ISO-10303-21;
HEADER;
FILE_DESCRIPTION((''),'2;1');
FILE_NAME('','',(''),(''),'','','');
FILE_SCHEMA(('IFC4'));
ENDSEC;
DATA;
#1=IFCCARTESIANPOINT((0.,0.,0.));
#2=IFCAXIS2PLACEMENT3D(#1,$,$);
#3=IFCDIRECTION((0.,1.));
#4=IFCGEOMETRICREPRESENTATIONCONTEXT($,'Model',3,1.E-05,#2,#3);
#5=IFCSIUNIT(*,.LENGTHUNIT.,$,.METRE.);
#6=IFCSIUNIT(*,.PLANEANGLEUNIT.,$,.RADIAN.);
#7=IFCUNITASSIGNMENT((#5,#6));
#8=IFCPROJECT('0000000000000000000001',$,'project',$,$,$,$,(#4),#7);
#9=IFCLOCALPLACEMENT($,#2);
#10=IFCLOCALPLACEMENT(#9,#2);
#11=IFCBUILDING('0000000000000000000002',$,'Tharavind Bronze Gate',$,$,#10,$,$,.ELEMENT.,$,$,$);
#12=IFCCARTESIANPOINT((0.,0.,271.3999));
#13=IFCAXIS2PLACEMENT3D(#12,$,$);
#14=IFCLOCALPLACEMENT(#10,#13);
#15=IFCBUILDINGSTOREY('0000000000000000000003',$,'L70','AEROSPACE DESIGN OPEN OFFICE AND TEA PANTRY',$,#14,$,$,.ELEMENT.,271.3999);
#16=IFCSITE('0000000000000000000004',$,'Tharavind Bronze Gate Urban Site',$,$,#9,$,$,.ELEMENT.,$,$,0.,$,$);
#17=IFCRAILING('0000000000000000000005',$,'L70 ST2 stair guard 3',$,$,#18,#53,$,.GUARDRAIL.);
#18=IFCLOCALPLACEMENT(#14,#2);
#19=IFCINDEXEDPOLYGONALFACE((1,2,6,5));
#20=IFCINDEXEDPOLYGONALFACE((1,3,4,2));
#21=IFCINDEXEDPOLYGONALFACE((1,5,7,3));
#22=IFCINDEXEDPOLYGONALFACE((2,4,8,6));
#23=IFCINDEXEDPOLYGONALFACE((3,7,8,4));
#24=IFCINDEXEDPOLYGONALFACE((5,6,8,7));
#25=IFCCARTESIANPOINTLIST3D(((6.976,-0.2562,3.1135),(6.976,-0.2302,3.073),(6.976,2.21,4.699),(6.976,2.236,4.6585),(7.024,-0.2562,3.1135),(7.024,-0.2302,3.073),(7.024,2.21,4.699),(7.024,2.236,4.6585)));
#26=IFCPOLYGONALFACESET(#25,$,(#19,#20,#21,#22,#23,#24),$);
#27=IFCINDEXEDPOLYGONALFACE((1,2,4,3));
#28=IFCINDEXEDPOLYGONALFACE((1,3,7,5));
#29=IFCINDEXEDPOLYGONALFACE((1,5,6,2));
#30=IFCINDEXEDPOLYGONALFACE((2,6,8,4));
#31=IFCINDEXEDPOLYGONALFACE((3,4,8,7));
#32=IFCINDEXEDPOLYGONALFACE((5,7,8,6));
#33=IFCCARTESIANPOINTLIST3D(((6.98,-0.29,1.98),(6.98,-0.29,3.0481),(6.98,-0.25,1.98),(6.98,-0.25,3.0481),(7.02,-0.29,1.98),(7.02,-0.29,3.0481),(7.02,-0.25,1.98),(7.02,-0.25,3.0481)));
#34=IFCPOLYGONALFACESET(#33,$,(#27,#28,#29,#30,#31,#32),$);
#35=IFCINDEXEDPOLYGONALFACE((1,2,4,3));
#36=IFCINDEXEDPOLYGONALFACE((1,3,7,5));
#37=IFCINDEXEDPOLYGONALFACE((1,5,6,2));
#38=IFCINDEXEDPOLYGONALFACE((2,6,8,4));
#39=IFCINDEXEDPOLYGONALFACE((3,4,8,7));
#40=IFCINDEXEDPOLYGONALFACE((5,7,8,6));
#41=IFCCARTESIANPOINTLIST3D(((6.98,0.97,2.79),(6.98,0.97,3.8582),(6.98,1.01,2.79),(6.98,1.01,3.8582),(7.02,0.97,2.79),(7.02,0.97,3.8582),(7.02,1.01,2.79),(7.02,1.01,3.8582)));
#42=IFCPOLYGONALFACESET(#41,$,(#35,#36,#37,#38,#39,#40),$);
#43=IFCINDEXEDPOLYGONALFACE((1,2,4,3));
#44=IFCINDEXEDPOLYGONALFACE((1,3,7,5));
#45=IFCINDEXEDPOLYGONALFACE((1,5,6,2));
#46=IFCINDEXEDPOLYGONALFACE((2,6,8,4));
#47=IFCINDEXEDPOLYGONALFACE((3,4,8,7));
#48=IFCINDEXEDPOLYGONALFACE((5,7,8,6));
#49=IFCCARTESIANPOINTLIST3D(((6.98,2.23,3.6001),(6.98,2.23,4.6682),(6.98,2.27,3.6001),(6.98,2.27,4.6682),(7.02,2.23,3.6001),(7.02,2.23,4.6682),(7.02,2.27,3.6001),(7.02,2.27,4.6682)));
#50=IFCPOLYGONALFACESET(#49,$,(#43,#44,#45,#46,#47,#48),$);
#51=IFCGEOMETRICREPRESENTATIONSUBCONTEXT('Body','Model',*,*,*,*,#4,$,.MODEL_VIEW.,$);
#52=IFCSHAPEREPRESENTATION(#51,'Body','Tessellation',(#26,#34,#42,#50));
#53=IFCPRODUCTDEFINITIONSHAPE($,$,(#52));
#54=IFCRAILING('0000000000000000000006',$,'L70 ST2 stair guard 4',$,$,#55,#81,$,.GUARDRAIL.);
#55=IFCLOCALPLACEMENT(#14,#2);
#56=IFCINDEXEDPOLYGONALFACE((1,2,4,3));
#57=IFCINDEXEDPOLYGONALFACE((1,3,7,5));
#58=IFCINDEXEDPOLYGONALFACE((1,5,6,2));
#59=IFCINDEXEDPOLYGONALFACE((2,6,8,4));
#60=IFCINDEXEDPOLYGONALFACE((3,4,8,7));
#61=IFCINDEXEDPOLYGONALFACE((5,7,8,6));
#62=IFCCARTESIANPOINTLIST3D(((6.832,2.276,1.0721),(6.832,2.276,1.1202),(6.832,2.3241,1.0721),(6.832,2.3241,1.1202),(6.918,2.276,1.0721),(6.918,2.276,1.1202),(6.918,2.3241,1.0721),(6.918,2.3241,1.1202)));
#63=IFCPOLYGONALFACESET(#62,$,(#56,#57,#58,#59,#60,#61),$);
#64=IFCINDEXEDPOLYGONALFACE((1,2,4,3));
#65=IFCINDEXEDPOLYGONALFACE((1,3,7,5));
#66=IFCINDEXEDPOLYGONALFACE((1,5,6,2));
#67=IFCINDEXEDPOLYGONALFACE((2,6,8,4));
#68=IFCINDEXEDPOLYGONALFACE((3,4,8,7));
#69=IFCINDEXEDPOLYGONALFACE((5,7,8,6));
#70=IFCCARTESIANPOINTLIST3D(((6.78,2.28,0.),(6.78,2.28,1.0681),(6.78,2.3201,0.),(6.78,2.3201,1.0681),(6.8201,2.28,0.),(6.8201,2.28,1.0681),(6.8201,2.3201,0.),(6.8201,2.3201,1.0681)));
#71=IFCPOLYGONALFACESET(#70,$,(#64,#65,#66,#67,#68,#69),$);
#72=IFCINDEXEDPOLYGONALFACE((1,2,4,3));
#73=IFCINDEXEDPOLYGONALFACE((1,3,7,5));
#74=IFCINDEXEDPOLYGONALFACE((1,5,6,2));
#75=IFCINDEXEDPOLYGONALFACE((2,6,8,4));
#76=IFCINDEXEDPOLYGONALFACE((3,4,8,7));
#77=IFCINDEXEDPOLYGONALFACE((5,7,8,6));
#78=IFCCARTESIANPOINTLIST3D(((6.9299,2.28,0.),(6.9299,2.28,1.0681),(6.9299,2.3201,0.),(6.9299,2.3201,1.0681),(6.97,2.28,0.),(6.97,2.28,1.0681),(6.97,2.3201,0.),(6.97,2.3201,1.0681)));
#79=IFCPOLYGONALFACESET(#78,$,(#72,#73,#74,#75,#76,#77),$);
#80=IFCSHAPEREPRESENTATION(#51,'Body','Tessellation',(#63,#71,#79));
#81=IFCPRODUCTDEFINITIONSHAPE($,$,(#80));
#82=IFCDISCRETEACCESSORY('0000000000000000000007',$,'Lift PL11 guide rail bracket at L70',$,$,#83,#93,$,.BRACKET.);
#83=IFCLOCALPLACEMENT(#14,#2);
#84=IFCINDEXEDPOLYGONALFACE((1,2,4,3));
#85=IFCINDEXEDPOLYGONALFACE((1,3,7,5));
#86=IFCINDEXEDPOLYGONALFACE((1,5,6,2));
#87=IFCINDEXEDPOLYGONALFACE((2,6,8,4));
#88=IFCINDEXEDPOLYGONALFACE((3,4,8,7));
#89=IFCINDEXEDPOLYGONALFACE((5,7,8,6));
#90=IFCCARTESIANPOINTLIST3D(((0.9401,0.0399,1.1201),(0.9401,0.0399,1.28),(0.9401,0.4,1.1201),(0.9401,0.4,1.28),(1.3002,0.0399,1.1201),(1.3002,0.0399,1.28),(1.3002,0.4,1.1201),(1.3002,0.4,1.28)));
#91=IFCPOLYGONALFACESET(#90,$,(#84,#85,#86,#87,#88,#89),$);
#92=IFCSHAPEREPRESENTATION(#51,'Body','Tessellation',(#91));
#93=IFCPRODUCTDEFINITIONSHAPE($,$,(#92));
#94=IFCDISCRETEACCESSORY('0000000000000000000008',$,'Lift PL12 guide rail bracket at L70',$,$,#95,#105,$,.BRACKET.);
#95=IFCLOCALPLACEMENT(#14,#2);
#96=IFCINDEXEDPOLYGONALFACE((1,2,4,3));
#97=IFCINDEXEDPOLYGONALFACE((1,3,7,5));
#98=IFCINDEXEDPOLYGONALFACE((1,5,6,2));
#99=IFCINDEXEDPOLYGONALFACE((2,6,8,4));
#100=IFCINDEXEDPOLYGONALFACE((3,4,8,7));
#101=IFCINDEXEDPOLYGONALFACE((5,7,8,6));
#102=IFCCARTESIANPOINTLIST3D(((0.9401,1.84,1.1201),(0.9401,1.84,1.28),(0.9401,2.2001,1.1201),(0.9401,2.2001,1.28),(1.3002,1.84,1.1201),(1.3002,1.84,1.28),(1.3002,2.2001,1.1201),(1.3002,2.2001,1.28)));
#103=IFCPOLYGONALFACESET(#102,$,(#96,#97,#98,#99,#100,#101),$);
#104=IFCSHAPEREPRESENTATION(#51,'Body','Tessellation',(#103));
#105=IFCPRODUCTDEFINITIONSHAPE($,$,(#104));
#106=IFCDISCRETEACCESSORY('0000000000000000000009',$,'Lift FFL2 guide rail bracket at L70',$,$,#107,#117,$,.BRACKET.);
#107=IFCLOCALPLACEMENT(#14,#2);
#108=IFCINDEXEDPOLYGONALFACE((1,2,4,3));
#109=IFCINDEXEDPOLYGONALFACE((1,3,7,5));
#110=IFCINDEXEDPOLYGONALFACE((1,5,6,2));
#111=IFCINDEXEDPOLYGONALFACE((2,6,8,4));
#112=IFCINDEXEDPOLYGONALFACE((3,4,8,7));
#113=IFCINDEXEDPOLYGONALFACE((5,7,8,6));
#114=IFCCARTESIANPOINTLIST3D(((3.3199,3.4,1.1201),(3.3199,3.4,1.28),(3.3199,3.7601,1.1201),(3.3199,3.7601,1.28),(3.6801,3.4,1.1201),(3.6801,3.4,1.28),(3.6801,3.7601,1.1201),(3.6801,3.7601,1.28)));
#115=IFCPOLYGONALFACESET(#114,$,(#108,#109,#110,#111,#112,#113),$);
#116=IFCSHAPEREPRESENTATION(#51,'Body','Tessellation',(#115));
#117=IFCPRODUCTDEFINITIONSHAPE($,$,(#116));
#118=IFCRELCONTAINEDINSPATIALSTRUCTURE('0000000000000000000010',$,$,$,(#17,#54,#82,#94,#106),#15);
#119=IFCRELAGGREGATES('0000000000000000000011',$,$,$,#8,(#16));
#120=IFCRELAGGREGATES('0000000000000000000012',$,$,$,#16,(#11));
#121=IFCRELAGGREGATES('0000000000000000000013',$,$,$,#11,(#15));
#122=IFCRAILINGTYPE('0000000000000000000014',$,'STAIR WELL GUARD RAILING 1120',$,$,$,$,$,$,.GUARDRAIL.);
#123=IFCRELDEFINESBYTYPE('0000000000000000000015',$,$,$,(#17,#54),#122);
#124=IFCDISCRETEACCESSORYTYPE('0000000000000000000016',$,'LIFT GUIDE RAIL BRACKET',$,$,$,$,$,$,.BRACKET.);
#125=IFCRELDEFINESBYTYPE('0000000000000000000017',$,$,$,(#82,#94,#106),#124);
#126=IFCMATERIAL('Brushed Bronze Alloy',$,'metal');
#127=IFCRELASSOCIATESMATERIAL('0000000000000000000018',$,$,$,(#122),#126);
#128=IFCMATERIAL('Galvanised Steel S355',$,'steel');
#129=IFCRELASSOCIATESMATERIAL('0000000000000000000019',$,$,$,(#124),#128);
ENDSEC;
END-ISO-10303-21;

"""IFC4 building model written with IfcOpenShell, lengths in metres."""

from ifc_helpers import new_model, si_unit, direction, frame, origin, origin_2d, place, context, subcontext, project, spatial, rectangle, extrude, material, type_object, element, save


model = new_model("IFC4")

# Units and contexts
model_context = context("Model", 3, precision=1e-05, world=origin(), true_north=direction((0.0, 1.0)))
body_context = subcontext(model_context, "Body", "Model", "MODEL_VIEW")
ifc_project = project(units=[si_unit("LENGTHUNIT", "METRE"), si_unit("PLANEANGLEUNIT", "RADIAN")], contexts=[model_context])

# Site, building, storey
site_placement = place(None, origin())
site = spatial("IfcSite", under=ifc_project, at=site_placement, Name="Tharavind Bronze Gate Urban Site", CompositionType="ELEMENT", RefElevation=0.0)
building_placement = place(site_placement, origin())
building = spatial("IfcBuilding", under=site, at=building_placement, Name="Tharavind Bronze Gate", CompositionType="ELEMENT")
storey_placement = place(building_placement, frame((0.0, 0.0, 271.3999)))
storey = spatial("IfcBuildingStorey", under=building, at=storey_placement, Name="L70", Description="AEROSPACE DESIGN OPEN OFFICE AND TEA PANTRY", CompositionType="ELEMENT", Elevation=271.3999)

# Railings
ifc_material_1 = material(Name="Brushed Bronze Alloy", Category="metal")
railing_type_1 = type_object("IfcRailingType", Name="STAIR WELL GUARD RAILING 1120", PredefinedType="GUARDRAIL", material=ifc_material_1)
railing_1_placement = place(storey_placement, frame((7.0, -0.27, 1.98)))
element("IfcRailing", 1, at=railing_1_placement, inside=storey, type_object=railing_type_1, Name="L70 ST2 stair guard 3", PredefinedType="GUARDRAIL", context=body_context, shape_type="SweptSolid", body=[
    extrude(rectangle(XDim=0.0481, YDim=0.0481, at=origin_2d()), frame((0.0, 0.0269, 1.1133), z_axis=(0.0, 0.841163, 0.540782), x_axis=(-1.0, 0.0, 0.0)), (0.0, 0.0, 1.0), 2.9319),
    extrude(rectangle(XDim=0.04, YDim=0.04, at=origin_2d()), origin(), (0.0, 0.0, 1.0), 1.0681),
    extrude(rectangle(XDim=0.04, YDim=0.04, at=origin_2d()), frame((0.0, 1.26, 0.8101)), (0.0, 0.0, 1.0), 1.0681),
    extrude(rectangle(XDim=0.04, YDim=0.04, at=origin_2d()), frame((0.0, 2.52, 1.6201)), (0.0, 0.0, 1.0), 1.0681),
])
railing_2_placement = place(storey_placement, frame((6.8, 2.3, 0.0)))
element("IfcRailing", 2, at=railing_2_placement, inside=storey, type_object=railing_type_1, Name="L70 ST2 stair guard 4", PredefinedType="GUARDRAIL", context=body_context, shape_type="SweptSolid", body=[
    extrude(rectangle(XDim=0.0481, YDim=0.0481, at=origin_2d()), frame((0.032, 0.0, 1.0962), z_axis=(1.0, 0.0, 0.0), x_axis=(0.0, 1.0, 0.0)), (0.0, 0.0, 1.0), 0.0859),
    extrude(rectangle(XDim=0.04, YDim=0.04, at=origin_2d()), origin(), (0.0, 0.0, 1.0), 1.0681),
    extrude(rectangle(XDim=0.04, YDim=0.04, at=origin_2d()), frame((0.1499, 0.0, 0.0)), (0.0, 0.0, 1.0), 1.0681),
])

# Discrete accessories
ifc_material_2 = material(Name="Galvanised Steel S355", Category="steel")
discrete_accessory_type = type_object("IfcDiscreteAccessoryType", Name="LIFT GUIDE RAIL BRACKET", PredefinedType="BRACKET", material=ifc_material_2)
for number, where, z_axis, x_axis, name in (
    (3, (1.1201, 0.22, 1.1201), (0.0, 0.0, 1.0), (1.0, 0.0, 0.0), "Lift PL11 guide rail bracket at L70"),
    (4, (1.1201, 2.02, 1.1201), (0.0, 0.0, 1.0), (1.0, 0.0, 0.0), "Lift PL12 guide rail bracket at L70"),
    (5, (3.5, 3.5801, 1.1201), (0.0, 0.0, 1.0), (1.0, 0.0, 0.0), "Lift FFL2 guide rail bracket at L70"),
):
    element("IfcDiscreteAccessory", number, at=place(storey_placement, frame(where, z_axis=z_axis, x_axis=x_axis)), inside=storey, type_object=discrete_accessory_type, Name=name, PredefinedType="BRACKET", context=body_context, shape_type="SweptSolid", body=[
        extrude(rectangle(XDim=0.3601, YDim=0.3601, at=origin_2d()), origin(), (0.0, 0.0, 1.0), 0.1599),
    ])

save(model, "model.ifc")
